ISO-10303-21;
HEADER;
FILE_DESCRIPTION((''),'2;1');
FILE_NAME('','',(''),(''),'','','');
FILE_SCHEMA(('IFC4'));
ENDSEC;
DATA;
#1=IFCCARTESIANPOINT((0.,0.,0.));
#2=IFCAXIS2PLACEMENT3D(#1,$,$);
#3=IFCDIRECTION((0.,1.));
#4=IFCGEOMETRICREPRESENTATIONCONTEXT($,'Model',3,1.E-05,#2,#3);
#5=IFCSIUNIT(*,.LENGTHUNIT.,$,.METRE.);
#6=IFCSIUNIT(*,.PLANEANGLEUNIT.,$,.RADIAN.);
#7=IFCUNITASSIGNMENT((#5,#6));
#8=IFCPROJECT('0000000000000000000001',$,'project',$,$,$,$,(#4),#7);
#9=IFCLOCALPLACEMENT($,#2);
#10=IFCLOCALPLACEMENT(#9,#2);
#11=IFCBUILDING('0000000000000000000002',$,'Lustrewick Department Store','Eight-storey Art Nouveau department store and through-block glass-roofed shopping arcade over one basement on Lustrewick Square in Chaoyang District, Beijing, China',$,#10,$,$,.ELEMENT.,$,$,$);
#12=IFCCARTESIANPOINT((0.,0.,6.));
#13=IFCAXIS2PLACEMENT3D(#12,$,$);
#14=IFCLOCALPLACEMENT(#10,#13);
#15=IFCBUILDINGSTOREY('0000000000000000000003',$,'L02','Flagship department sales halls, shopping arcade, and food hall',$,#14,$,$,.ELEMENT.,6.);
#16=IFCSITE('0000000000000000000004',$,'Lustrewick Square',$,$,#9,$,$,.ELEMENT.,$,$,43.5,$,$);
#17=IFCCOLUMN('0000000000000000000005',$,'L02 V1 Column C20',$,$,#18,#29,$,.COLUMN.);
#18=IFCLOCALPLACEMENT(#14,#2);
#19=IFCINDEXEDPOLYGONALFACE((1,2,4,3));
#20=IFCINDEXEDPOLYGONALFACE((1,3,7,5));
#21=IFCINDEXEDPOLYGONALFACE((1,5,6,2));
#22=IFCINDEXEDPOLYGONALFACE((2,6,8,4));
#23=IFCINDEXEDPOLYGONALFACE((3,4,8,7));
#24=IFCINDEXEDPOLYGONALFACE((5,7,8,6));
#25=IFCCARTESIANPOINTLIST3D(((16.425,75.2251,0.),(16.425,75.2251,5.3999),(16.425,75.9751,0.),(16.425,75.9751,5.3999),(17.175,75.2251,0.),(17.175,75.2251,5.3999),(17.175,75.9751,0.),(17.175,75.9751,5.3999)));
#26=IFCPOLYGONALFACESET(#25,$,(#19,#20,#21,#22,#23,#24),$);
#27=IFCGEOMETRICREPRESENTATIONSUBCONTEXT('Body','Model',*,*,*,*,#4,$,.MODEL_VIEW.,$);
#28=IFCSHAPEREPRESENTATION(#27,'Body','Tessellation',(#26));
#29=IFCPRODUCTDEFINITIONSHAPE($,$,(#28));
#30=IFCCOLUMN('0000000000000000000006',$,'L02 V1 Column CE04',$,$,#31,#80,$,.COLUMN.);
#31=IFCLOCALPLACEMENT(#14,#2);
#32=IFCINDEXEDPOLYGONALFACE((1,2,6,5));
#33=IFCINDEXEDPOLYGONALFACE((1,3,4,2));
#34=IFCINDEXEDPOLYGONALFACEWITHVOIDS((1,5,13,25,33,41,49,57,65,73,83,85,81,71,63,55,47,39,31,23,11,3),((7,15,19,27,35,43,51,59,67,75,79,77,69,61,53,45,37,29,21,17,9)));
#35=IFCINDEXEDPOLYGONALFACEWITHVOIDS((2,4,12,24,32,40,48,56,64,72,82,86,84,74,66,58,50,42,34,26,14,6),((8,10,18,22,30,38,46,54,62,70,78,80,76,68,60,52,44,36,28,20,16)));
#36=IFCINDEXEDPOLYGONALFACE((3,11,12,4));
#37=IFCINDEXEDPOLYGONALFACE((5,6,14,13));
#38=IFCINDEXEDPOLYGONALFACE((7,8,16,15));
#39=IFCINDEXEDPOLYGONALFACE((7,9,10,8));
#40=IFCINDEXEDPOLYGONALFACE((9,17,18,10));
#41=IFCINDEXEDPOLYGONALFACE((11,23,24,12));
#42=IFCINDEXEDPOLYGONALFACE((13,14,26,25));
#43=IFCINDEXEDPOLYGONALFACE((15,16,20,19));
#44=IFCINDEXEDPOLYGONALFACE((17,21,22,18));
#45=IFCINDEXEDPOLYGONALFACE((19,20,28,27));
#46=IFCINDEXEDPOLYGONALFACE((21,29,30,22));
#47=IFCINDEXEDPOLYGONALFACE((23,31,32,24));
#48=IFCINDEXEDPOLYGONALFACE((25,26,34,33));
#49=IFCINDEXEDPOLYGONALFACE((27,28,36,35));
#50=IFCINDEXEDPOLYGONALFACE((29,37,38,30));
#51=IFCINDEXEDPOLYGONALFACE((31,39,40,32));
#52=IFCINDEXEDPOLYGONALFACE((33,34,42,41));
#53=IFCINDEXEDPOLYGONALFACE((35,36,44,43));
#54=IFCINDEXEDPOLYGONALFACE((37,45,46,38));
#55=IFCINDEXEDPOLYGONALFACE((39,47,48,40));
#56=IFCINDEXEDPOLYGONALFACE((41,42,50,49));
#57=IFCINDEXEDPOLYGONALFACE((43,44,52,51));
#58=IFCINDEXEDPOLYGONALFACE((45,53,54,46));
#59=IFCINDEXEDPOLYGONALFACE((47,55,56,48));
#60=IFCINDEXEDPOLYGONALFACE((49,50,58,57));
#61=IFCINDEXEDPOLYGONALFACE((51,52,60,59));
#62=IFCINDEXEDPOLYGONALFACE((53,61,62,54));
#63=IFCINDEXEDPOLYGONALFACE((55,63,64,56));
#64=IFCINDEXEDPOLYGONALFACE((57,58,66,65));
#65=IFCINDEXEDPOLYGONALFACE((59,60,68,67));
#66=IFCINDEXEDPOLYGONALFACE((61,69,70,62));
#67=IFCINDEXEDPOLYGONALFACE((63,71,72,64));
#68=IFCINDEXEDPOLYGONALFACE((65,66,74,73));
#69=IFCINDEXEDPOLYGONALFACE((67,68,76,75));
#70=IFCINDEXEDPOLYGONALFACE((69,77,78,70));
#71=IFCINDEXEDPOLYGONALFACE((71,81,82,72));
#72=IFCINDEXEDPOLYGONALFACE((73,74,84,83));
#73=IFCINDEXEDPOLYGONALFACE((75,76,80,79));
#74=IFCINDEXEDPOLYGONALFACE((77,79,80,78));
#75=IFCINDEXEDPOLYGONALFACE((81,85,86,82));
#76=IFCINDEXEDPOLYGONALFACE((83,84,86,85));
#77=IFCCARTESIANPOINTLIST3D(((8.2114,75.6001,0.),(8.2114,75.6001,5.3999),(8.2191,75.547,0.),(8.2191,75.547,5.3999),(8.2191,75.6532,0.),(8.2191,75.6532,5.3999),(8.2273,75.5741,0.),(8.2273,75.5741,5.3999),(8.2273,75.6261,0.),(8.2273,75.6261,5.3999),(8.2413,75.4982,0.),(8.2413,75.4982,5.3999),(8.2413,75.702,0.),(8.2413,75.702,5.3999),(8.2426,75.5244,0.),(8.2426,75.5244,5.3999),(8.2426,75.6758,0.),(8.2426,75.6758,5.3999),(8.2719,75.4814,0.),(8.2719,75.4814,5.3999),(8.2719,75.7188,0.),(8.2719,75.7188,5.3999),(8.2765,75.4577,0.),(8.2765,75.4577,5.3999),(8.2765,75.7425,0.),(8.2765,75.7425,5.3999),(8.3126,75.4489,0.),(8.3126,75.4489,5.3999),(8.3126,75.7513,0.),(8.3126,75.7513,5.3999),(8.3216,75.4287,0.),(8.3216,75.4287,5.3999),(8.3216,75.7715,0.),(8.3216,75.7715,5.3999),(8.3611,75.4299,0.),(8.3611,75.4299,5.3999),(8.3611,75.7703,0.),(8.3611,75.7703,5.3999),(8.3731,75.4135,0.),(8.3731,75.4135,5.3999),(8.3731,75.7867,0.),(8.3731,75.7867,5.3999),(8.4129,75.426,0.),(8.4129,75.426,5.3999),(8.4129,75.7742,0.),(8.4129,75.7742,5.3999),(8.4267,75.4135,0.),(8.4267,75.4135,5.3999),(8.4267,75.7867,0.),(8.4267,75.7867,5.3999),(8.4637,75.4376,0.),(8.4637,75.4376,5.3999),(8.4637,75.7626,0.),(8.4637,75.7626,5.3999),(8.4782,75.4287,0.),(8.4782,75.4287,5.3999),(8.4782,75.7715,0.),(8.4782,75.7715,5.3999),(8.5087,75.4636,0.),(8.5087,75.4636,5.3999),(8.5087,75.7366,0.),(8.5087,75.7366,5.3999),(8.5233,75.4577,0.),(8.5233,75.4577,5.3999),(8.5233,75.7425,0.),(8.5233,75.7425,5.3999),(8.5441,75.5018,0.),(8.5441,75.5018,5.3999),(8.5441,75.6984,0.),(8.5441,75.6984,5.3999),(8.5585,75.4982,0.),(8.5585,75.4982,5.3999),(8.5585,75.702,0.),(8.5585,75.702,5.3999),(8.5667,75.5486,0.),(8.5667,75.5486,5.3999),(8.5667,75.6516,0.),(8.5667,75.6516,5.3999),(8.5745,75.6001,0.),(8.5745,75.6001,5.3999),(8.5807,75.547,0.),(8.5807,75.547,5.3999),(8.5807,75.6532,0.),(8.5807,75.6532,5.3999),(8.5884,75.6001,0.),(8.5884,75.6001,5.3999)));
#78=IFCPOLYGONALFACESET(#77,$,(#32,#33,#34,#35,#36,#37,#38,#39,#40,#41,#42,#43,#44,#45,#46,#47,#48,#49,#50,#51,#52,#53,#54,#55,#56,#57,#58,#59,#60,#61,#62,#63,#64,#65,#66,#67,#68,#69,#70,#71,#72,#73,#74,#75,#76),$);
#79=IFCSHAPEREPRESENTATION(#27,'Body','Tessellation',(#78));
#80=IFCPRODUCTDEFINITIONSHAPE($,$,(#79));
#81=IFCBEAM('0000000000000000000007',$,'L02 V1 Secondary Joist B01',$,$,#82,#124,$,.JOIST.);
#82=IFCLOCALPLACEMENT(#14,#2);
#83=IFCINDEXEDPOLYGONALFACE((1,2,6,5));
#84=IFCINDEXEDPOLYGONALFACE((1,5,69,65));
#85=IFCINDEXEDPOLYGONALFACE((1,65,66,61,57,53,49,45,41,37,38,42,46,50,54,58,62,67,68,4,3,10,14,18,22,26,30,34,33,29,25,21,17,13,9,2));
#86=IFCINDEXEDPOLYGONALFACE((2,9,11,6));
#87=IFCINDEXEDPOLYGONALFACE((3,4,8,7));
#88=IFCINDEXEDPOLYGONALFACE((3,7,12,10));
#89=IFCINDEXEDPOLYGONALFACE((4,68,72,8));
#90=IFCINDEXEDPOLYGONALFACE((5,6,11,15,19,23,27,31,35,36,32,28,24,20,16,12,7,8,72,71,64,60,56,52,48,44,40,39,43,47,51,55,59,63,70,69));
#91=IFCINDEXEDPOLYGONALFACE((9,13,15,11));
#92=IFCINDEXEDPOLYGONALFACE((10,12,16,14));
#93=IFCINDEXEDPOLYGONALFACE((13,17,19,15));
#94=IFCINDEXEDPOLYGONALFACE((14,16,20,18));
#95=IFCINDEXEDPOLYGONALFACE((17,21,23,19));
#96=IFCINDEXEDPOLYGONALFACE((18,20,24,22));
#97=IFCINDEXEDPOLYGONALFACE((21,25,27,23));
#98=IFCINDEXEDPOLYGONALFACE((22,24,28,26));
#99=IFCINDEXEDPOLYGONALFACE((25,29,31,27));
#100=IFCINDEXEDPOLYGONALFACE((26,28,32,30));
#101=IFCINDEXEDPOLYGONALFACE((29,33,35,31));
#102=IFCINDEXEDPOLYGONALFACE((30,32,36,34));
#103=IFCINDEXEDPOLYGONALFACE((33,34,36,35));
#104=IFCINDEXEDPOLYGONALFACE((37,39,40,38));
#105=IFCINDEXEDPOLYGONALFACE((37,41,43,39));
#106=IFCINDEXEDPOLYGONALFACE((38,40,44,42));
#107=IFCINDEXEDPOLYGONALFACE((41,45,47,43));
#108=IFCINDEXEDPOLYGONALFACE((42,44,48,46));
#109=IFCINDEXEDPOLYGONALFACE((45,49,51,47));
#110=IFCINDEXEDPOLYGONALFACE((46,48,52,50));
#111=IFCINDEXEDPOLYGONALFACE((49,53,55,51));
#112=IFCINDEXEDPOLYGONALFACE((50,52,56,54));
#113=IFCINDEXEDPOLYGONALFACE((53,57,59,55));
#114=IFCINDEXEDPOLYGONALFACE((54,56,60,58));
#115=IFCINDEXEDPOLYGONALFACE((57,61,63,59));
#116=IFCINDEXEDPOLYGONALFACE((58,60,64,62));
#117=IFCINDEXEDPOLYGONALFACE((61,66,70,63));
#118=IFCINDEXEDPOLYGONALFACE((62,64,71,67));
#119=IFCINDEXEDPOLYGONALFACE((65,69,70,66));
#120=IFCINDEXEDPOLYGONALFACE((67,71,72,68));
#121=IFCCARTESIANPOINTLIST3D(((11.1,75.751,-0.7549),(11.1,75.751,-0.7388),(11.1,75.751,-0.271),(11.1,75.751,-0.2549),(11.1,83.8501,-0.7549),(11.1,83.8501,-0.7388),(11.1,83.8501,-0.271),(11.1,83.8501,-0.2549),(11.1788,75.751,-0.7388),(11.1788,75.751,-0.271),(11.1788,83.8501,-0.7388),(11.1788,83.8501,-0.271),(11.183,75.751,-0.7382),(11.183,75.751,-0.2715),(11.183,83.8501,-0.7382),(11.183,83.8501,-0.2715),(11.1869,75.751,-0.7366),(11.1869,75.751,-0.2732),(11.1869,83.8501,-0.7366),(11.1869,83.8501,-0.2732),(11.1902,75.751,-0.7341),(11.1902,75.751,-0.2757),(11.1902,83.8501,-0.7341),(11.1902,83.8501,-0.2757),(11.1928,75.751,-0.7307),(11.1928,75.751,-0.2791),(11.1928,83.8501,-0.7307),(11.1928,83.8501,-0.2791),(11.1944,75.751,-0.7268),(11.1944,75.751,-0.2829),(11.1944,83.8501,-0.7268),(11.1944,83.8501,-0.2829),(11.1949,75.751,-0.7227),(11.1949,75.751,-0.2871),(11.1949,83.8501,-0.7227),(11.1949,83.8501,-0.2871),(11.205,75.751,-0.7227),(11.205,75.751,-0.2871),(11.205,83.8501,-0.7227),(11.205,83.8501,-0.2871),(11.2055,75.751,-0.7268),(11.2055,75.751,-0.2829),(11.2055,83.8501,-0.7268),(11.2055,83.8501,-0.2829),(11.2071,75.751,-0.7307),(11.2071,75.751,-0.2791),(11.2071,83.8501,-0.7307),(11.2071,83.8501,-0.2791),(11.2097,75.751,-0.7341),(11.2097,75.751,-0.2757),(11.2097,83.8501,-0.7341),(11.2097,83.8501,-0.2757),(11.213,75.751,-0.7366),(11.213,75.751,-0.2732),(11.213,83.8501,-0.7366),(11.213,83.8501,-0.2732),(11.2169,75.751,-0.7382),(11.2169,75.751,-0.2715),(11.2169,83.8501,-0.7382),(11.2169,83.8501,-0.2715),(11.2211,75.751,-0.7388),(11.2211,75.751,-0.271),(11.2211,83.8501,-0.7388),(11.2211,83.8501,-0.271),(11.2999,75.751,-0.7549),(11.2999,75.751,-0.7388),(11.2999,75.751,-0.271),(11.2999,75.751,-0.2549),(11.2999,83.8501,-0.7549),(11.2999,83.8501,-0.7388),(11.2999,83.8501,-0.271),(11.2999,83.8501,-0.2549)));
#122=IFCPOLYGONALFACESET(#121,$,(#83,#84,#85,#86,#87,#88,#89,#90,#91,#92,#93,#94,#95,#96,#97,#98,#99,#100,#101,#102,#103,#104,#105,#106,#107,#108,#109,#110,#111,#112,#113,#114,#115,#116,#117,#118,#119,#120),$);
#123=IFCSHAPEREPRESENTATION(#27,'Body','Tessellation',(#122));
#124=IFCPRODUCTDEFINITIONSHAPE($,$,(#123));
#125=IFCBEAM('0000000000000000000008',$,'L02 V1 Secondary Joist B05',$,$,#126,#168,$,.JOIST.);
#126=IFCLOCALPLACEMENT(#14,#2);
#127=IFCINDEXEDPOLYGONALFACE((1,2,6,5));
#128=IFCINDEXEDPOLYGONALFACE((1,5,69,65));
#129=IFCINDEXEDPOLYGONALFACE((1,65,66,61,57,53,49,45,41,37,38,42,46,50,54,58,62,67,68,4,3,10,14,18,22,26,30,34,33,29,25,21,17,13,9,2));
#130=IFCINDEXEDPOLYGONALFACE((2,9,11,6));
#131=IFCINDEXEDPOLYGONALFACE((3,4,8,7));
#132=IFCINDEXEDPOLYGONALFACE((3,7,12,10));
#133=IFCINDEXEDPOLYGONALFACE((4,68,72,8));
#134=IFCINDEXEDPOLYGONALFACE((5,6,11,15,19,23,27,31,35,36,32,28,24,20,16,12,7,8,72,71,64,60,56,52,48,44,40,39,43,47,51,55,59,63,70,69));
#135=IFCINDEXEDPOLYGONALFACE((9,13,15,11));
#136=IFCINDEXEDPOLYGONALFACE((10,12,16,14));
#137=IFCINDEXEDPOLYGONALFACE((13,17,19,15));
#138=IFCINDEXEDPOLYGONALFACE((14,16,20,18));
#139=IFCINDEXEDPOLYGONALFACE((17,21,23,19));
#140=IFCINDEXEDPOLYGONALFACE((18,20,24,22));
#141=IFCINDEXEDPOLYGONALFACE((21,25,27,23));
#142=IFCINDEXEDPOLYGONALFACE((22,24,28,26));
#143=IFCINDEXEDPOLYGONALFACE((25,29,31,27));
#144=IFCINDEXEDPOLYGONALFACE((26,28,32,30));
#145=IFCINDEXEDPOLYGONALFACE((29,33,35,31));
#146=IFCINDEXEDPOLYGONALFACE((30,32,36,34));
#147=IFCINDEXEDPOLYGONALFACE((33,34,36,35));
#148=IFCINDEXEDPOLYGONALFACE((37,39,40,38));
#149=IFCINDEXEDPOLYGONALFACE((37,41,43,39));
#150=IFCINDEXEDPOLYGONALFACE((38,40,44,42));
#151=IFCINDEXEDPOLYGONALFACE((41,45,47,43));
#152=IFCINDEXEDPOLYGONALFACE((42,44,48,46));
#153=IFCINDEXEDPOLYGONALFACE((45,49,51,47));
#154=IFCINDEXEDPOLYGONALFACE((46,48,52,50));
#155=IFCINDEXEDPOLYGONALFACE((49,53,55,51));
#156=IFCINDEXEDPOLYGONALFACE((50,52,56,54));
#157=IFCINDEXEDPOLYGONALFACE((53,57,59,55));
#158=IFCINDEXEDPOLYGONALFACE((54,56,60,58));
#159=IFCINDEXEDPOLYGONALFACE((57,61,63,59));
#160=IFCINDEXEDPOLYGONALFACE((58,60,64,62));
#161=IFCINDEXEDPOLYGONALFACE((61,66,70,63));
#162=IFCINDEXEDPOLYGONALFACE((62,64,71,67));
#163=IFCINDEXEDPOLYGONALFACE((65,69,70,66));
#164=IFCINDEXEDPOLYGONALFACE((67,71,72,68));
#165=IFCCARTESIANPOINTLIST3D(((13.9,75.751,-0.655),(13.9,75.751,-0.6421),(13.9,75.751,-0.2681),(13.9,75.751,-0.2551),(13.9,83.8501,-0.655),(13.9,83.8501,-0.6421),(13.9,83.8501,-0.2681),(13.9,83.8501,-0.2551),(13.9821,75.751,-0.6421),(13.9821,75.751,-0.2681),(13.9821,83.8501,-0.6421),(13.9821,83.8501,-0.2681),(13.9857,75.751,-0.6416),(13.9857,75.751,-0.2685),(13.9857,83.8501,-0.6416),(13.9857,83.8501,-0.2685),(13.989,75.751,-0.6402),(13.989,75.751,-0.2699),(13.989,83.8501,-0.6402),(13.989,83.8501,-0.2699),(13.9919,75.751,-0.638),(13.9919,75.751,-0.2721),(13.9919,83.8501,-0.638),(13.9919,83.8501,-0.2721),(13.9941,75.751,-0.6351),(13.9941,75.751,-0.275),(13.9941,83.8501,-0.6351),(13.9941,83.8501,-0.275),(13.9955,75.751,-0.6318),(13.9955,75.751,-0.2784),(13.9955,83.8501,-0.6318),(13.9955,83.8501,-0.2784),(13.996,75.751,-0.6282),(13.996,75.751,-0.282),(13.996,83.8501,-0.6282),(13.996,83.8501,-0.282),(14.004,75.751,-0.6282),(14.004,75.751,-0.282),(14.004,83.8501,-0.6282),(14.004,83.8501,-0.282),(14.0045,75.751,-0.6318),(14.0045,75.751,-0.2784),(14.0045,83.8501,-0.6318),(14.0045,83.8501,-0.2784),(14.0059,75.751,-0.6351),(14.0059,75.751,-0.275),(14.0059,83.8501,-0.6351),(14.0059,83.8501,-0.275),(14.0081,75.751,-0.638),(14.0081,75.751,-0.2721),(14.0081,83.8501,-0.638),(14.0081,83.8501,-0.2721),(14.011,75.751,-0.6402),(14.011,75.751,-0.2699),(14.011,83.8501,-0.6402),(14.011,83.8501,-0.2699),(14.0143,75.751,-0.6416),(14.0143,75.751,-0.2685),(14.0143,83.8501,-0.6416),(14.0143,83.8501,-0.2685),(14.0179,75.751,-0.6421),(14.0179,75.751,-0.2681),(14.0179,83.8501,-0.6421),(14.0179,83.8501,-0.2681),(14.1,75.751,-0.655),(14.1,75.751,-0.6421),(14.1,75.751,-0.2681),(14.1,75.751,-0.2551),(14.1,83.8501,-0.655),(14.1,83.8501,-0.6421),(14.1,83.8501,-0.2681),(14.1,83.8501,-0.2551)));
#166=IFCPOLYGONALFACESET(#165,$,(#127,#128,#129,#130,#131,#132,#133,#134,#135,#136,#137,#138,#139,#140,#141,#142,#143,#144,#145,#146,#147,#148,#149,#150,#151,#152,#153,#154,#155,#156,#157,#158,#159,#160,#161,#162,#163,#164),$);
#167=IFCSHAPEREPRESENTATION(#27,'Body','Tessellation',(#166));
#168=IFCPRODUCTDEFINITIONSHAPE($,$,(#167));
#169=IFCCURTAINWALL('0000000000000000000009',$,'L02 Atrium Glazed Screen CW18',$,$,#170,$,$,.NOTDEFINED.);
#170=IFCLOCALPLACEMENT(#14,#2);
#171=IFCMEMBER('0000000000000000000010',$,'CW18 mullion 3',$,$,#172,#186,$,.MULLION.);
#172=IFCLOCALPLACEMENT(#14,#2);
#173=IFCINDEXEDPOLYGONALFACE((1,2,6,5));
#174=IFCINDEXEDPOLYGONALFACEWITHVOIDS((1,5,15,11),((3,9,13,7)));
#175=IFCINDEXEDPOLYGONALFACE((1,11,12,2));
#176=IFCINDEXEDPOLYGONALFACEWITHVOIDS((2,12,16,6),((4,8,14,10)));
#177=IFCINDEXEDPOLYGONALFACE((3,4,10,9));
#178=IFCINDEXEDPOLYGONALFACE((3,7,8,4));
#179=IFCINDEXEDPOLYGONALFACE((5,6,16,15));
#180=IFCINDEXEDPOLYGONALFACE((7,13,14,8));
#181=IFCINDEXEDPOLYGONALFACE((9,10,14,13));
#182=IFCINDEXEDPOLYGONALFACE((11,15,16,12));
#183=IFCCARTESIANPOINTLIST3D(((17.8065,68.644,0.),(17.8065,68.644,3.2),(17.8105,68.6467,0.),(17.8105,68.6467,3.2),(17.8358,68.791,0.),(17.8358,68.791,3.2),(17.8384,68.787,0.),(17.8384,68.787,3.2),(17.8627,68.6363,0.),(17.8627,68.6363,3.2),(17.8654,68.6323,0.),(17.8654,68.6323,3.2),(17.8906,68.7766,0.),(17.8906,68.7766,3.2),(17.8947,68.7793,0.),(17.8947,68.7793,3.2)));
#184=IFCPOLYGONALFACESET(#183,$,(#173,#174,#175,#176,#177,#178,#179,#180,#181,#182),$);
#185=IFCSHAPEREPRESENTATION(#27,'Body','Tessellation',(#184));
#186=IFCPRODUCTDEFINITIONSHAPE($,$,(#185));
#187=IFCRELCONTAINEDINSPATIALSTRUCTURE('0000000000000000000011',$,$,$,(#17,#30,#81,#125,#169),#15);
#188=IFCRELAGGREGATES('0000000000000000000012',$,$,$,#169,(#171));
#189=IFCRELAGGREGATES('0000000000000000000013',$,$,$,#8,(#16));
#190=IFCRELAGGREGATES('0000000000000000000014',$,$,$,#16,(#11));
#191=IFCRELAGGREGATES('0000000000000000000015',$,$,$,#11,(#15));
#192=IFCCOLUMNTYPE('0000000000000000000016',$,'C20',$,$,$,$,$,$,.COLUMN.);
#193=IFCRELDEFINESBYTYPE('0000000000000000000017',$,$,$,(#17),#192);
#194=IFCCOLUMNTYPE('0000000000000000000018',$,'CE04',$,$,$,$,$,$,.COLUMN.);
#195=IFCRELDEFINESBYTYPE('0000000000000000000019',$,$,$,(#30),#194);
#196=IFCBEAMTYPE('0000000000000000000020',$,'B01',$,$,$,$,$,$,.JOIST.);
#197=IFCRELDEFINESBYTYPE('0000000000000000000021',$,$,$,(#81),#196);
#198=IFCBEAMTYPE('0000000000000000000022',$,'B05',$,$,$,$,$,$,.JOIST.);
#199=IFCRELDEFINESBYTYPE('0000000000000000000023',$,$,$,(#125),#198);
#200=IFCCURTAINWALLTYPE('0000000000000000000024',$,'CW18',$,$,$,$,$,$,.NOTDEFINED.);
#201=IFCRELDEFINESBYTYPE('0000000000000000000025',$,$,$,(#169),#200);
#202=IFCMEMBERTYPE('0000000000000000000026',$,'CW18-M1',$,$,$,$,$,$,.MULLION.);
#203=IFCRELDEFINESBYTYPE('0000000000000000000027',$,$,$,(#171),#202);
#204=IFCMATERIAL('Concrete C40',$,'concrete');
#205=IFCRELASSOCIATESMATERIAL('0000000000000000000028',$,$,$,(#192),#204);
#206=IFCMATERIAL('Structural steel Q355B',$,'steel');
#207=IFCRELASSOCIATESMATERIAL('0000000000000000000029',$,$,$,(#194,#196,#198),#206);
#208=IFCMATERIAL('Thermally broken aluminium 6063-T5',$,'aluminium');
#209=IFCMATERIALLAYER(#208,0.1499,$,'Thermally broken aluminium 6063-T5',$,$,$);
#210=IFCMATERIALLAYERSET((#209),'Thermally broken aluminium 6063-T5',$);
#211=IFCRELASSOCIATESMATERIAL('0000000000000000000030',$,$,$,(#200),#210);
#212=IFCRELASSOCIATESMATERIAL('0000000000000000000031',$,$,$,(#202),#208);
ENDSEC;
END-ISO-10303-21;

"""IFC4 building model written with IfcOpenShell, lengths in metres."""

from ifc_helpers import new_model, si_unit, direction, frame, origin, origin_2d, place, context, subcontext, project, spatial, rectangle, hollow_rectangle, hollow_circle, i_section, extrude, material, layer, layer_set, material_profile, profile_set, type_object, element, aggregate, save


model = new_model("IFC4")

# Units and contexts
model_context = context("Model", 3, precision=1e-05, world=origin(), true_north=direction((0.0, 1.0)))
body_context = subcontext(model_context, "Body", "Model", "MODEL_VIEW")
ifc_project = project(units=[si_unit("LENGTHUNIT", "METRE"), si_unit("PLANEANGLEUNIT", "RADIAN")], contexts=[model_context])

# Site, building, storey
site_placement = place(None, origin())
site = spatial("IfcSite", under=ifc_project, at=site_placement, Name="Lustrewick Square", CompositionType="ELEMENT", RefElevation=43.5)
building_placement = place(site_placement, origin())
building = spatial("IfcBuilding", under=site, at=building_placement, Name="Lustrewick Department Store", Description="Eight-storey Art Nouveau department store and through-block glass-roofed shopping arcade over one basement on Lustrewick Square in Chaoyang District, Beijing, China", CompositionType="ELEMENT")
storey_placement = place(building_placement, frame((0.0, 0.0, 6.0)))
storey = spatial("IfcBuildingStorey", under=building, at=storey_placement, Name="L02", Description="Flagship department sales halls, shopping arcade, and food hall", CompositionType="ELEMENT", Elevation=6.0)

# Columns
ifc_material_1 = material(Name="Concrete C40", Category="concrete")
ifc_material_profile_1 = material_profile(ifc_material_1, rectangle(XDim=0.75, YDim=0.75, at=origin_2d()), Name="RC 750x750")
ifc_profile_set_1 = profile_set([ifc_material_profile_1], Name="Concrete C40")
column_type_1 = type_object("IfcColumnType", Name="C20", PredefinedType="COLUMN", material=ifc_profile_set_1)
column_1_placement = place(storey_placement, frame((16.8, 75.6001, 0.0), z_axis=(0.0, 0.0, 1.0), x_axis=(1.0, 0.0, 0.0)))
element("IfcColumn", 1, at=column_1_placement, inside=storey, type_object=column_type_1, Name="L02 V1 Column C20", PredefinedType="COLUMN", context=body_context, shape_type="SweptSolid", body=[
    extrude(rectangle(XDim=0.75, YDim=0.75, at=origin_2d()), origin(), (0.0, 0.0, 1.0), 5.3999),
])
ifc_material_2 = material(Name="Structural steel Q355B", Category="steel")
ifc_material_profile_2 = material_profile(ifc_material_2, hollow_circle(Radius=0.1885, WallThickness=0.0139, at=origin_2d()), Name="CHS 377x14")
ifc_profile_set_2 = profile_set([ifc_material_profile_2], Name="Structural steel Q355B")
column_type_2 = type_object("IfcColumnType", Name="CE04", PredefinedType="COLUMN", material=ifc_profile_set_2)
column_2_placement = place(storey_placement, frame((8.3999, 75.6001, 0.0), z_axis=(0.0, 0.0, 1.0), x_axis=(1.0, 0.0, 0.0)))
element("IfcColumn", 2, at=column_2_placement, inside=storey, type_object=column_type_2, Name="L02 V1 Column CE04", PredefinedType="COLUMN", context=body_context, shape_type="SweptSolid", body=[
    extrude(hollow_circle(Radius=0.1885, WallThickness=0.0139, at=origin_2d()), origin(), (0.0, 0.0, 1.0), 5.3999),
])

# Beams
ifc_material_profile_3 = material_profile(ifc_material_2, i_section(OverallWidth=0.2, OverallDepth=0.5, WebThickness=0.01, FlangeThickness=0.0161, FilletRadius=0.0161, at=origin_2d()), Name="HN 500x200x10x16")
ifc_profile_set_3 = profile_set([ifc_material_profile_3], Name="Structural steel Q355B")
beam_type_1 = type_object("IfcBeamType", Name="B01", PredefinedType="JOIST", material=ifc_profile_set_3)
beam_1_placement = place(storey_placement, frame((11.2, 75.751, -0.5049), z_axis=(0.0, 1.0, 0.0), x_axis=(-1.0, 0.0, 0.0)))
element("IfcBeam", 3, at=beam_1_placement, inside=storey, type_object=beam_type_1, Name="L02 V1 Secondary Joist B01", PredefinedType="JOIST", context=body_context, shape_type="SweptSolid", body=[
    extrude(i_section(OverallWidth=0.2, OverallDepth=0.5, WebThickness=0.01, FlangeThickness=0.0161, FilletRadius=0.0161, at=origin_2d()), origin(), (0.0, 0.0, 1.0), 8.0991),
])
ifc_material_profile_4 = material_profile(ifc_material_2, i_section(OverallWidth=0.2, OverallDepth=0.3999, WebThickness=0.0081, FlangeThickness=0.0129, FilletRadius=0.0139, at=origin_2d()), Name="HN 400x200x8x13")
ifc_profile_set_4 = profile_set([ifc_material_profile_4], Name="Structural steel Q355B")
beam_type_2 = type_object("IfcBeamType", Name="B05", PredefinedType="JOIST", material=ifc_profile_set_4)
beam_2_placement = place(storey_placement, frame((14.0, 75.751, -0.4551), z_axis=(0.0, 1.0, 0.0), x_axis=(-1.0, 0.0, 0.0)))
element("IfcBeam", 4, at=beam_2_placement, inside=storey, type_object=beam_type_2, Name="L02 V1 Secondary Joist B05", PredefinedType="JOIST", context=body_context, shape_type="SweptSolid", body=[
    extrude(i_section(OverallWidth=0.2, OverallDepth=0.3999, WebThickness=0.0081, FlangeThickness=0.0129, FilletRadius=0.0139, at=origin_2d()), origin(), (0.0, 0.0, 1.0), 8.0991),
])

# Curtain wall, member
ifc_material_3 = material(Name="Thermally broken aluminium 6063-T5", Category="aluminium")
ifc_layer_1 = layer(ifc_material_3, 0.1499, Name="Thermally broken aluminium 6063-T5")
ifc_layer_set_1 = layer_set([ifc_layer_1], Name="Thermally broken aluminium 6063-T5")
curtain_wall_type = type_object("IfcCurtainWallType", Name="CW18", PredefinedType="NOTDEFINED", material=ifc_layer_set_1)
curtain_wall_placement = place(storey_placement, origin())
curtain_wall = element("IfcCurtainWall", 5, at=curtain_wall_placement, inside=storey, type_object=curtain_wall_type, Name="L02 Atrium Glazed Screen CW18", PredefinedType="NOTDEFINED")
ifc_material_profile_5 = material_profile(ifc_material_3, hollow_rectangle(XDim=0.0601, YDim=0.1499, WallThickness=0.0034, at=origin_2d()), Name="ALU-M 60x150x3.5")
ifc_profile_set_5 = profile_set([ifc_material_profile_5], Name="Thermally broken aluminium 6063-T5")
member_type_1 = type_object("IfcMemberType", Name="CW18-M1", PredefinedType="MULLION", material=ifc_profile_set_5)
member_1_placement = place(storey_placement, frame((17.8506, 68.7117, 0.0), z_axis=(0.0, 0.0, 1.0), x_axis=(0.980786, -0.195085, 0.0)))
member_1 = element("IfcMember", 6, at=member_1_placement, type_object=member_type_1, Name="CW18 mullion 3", PredefinedType="MULLION", context=body_context, shape_type="SweptSolid", body=[
    extrude(hollow_rectangle(XDim=0.0601, YDim=0.1499, WallThickness=0.0034, at=origin_2d()), origin(), (0.0, 0.0, 1.0), 3.2),
])

aggregate(curtain_wall, [member_1])

save(model, "model.ifc")
